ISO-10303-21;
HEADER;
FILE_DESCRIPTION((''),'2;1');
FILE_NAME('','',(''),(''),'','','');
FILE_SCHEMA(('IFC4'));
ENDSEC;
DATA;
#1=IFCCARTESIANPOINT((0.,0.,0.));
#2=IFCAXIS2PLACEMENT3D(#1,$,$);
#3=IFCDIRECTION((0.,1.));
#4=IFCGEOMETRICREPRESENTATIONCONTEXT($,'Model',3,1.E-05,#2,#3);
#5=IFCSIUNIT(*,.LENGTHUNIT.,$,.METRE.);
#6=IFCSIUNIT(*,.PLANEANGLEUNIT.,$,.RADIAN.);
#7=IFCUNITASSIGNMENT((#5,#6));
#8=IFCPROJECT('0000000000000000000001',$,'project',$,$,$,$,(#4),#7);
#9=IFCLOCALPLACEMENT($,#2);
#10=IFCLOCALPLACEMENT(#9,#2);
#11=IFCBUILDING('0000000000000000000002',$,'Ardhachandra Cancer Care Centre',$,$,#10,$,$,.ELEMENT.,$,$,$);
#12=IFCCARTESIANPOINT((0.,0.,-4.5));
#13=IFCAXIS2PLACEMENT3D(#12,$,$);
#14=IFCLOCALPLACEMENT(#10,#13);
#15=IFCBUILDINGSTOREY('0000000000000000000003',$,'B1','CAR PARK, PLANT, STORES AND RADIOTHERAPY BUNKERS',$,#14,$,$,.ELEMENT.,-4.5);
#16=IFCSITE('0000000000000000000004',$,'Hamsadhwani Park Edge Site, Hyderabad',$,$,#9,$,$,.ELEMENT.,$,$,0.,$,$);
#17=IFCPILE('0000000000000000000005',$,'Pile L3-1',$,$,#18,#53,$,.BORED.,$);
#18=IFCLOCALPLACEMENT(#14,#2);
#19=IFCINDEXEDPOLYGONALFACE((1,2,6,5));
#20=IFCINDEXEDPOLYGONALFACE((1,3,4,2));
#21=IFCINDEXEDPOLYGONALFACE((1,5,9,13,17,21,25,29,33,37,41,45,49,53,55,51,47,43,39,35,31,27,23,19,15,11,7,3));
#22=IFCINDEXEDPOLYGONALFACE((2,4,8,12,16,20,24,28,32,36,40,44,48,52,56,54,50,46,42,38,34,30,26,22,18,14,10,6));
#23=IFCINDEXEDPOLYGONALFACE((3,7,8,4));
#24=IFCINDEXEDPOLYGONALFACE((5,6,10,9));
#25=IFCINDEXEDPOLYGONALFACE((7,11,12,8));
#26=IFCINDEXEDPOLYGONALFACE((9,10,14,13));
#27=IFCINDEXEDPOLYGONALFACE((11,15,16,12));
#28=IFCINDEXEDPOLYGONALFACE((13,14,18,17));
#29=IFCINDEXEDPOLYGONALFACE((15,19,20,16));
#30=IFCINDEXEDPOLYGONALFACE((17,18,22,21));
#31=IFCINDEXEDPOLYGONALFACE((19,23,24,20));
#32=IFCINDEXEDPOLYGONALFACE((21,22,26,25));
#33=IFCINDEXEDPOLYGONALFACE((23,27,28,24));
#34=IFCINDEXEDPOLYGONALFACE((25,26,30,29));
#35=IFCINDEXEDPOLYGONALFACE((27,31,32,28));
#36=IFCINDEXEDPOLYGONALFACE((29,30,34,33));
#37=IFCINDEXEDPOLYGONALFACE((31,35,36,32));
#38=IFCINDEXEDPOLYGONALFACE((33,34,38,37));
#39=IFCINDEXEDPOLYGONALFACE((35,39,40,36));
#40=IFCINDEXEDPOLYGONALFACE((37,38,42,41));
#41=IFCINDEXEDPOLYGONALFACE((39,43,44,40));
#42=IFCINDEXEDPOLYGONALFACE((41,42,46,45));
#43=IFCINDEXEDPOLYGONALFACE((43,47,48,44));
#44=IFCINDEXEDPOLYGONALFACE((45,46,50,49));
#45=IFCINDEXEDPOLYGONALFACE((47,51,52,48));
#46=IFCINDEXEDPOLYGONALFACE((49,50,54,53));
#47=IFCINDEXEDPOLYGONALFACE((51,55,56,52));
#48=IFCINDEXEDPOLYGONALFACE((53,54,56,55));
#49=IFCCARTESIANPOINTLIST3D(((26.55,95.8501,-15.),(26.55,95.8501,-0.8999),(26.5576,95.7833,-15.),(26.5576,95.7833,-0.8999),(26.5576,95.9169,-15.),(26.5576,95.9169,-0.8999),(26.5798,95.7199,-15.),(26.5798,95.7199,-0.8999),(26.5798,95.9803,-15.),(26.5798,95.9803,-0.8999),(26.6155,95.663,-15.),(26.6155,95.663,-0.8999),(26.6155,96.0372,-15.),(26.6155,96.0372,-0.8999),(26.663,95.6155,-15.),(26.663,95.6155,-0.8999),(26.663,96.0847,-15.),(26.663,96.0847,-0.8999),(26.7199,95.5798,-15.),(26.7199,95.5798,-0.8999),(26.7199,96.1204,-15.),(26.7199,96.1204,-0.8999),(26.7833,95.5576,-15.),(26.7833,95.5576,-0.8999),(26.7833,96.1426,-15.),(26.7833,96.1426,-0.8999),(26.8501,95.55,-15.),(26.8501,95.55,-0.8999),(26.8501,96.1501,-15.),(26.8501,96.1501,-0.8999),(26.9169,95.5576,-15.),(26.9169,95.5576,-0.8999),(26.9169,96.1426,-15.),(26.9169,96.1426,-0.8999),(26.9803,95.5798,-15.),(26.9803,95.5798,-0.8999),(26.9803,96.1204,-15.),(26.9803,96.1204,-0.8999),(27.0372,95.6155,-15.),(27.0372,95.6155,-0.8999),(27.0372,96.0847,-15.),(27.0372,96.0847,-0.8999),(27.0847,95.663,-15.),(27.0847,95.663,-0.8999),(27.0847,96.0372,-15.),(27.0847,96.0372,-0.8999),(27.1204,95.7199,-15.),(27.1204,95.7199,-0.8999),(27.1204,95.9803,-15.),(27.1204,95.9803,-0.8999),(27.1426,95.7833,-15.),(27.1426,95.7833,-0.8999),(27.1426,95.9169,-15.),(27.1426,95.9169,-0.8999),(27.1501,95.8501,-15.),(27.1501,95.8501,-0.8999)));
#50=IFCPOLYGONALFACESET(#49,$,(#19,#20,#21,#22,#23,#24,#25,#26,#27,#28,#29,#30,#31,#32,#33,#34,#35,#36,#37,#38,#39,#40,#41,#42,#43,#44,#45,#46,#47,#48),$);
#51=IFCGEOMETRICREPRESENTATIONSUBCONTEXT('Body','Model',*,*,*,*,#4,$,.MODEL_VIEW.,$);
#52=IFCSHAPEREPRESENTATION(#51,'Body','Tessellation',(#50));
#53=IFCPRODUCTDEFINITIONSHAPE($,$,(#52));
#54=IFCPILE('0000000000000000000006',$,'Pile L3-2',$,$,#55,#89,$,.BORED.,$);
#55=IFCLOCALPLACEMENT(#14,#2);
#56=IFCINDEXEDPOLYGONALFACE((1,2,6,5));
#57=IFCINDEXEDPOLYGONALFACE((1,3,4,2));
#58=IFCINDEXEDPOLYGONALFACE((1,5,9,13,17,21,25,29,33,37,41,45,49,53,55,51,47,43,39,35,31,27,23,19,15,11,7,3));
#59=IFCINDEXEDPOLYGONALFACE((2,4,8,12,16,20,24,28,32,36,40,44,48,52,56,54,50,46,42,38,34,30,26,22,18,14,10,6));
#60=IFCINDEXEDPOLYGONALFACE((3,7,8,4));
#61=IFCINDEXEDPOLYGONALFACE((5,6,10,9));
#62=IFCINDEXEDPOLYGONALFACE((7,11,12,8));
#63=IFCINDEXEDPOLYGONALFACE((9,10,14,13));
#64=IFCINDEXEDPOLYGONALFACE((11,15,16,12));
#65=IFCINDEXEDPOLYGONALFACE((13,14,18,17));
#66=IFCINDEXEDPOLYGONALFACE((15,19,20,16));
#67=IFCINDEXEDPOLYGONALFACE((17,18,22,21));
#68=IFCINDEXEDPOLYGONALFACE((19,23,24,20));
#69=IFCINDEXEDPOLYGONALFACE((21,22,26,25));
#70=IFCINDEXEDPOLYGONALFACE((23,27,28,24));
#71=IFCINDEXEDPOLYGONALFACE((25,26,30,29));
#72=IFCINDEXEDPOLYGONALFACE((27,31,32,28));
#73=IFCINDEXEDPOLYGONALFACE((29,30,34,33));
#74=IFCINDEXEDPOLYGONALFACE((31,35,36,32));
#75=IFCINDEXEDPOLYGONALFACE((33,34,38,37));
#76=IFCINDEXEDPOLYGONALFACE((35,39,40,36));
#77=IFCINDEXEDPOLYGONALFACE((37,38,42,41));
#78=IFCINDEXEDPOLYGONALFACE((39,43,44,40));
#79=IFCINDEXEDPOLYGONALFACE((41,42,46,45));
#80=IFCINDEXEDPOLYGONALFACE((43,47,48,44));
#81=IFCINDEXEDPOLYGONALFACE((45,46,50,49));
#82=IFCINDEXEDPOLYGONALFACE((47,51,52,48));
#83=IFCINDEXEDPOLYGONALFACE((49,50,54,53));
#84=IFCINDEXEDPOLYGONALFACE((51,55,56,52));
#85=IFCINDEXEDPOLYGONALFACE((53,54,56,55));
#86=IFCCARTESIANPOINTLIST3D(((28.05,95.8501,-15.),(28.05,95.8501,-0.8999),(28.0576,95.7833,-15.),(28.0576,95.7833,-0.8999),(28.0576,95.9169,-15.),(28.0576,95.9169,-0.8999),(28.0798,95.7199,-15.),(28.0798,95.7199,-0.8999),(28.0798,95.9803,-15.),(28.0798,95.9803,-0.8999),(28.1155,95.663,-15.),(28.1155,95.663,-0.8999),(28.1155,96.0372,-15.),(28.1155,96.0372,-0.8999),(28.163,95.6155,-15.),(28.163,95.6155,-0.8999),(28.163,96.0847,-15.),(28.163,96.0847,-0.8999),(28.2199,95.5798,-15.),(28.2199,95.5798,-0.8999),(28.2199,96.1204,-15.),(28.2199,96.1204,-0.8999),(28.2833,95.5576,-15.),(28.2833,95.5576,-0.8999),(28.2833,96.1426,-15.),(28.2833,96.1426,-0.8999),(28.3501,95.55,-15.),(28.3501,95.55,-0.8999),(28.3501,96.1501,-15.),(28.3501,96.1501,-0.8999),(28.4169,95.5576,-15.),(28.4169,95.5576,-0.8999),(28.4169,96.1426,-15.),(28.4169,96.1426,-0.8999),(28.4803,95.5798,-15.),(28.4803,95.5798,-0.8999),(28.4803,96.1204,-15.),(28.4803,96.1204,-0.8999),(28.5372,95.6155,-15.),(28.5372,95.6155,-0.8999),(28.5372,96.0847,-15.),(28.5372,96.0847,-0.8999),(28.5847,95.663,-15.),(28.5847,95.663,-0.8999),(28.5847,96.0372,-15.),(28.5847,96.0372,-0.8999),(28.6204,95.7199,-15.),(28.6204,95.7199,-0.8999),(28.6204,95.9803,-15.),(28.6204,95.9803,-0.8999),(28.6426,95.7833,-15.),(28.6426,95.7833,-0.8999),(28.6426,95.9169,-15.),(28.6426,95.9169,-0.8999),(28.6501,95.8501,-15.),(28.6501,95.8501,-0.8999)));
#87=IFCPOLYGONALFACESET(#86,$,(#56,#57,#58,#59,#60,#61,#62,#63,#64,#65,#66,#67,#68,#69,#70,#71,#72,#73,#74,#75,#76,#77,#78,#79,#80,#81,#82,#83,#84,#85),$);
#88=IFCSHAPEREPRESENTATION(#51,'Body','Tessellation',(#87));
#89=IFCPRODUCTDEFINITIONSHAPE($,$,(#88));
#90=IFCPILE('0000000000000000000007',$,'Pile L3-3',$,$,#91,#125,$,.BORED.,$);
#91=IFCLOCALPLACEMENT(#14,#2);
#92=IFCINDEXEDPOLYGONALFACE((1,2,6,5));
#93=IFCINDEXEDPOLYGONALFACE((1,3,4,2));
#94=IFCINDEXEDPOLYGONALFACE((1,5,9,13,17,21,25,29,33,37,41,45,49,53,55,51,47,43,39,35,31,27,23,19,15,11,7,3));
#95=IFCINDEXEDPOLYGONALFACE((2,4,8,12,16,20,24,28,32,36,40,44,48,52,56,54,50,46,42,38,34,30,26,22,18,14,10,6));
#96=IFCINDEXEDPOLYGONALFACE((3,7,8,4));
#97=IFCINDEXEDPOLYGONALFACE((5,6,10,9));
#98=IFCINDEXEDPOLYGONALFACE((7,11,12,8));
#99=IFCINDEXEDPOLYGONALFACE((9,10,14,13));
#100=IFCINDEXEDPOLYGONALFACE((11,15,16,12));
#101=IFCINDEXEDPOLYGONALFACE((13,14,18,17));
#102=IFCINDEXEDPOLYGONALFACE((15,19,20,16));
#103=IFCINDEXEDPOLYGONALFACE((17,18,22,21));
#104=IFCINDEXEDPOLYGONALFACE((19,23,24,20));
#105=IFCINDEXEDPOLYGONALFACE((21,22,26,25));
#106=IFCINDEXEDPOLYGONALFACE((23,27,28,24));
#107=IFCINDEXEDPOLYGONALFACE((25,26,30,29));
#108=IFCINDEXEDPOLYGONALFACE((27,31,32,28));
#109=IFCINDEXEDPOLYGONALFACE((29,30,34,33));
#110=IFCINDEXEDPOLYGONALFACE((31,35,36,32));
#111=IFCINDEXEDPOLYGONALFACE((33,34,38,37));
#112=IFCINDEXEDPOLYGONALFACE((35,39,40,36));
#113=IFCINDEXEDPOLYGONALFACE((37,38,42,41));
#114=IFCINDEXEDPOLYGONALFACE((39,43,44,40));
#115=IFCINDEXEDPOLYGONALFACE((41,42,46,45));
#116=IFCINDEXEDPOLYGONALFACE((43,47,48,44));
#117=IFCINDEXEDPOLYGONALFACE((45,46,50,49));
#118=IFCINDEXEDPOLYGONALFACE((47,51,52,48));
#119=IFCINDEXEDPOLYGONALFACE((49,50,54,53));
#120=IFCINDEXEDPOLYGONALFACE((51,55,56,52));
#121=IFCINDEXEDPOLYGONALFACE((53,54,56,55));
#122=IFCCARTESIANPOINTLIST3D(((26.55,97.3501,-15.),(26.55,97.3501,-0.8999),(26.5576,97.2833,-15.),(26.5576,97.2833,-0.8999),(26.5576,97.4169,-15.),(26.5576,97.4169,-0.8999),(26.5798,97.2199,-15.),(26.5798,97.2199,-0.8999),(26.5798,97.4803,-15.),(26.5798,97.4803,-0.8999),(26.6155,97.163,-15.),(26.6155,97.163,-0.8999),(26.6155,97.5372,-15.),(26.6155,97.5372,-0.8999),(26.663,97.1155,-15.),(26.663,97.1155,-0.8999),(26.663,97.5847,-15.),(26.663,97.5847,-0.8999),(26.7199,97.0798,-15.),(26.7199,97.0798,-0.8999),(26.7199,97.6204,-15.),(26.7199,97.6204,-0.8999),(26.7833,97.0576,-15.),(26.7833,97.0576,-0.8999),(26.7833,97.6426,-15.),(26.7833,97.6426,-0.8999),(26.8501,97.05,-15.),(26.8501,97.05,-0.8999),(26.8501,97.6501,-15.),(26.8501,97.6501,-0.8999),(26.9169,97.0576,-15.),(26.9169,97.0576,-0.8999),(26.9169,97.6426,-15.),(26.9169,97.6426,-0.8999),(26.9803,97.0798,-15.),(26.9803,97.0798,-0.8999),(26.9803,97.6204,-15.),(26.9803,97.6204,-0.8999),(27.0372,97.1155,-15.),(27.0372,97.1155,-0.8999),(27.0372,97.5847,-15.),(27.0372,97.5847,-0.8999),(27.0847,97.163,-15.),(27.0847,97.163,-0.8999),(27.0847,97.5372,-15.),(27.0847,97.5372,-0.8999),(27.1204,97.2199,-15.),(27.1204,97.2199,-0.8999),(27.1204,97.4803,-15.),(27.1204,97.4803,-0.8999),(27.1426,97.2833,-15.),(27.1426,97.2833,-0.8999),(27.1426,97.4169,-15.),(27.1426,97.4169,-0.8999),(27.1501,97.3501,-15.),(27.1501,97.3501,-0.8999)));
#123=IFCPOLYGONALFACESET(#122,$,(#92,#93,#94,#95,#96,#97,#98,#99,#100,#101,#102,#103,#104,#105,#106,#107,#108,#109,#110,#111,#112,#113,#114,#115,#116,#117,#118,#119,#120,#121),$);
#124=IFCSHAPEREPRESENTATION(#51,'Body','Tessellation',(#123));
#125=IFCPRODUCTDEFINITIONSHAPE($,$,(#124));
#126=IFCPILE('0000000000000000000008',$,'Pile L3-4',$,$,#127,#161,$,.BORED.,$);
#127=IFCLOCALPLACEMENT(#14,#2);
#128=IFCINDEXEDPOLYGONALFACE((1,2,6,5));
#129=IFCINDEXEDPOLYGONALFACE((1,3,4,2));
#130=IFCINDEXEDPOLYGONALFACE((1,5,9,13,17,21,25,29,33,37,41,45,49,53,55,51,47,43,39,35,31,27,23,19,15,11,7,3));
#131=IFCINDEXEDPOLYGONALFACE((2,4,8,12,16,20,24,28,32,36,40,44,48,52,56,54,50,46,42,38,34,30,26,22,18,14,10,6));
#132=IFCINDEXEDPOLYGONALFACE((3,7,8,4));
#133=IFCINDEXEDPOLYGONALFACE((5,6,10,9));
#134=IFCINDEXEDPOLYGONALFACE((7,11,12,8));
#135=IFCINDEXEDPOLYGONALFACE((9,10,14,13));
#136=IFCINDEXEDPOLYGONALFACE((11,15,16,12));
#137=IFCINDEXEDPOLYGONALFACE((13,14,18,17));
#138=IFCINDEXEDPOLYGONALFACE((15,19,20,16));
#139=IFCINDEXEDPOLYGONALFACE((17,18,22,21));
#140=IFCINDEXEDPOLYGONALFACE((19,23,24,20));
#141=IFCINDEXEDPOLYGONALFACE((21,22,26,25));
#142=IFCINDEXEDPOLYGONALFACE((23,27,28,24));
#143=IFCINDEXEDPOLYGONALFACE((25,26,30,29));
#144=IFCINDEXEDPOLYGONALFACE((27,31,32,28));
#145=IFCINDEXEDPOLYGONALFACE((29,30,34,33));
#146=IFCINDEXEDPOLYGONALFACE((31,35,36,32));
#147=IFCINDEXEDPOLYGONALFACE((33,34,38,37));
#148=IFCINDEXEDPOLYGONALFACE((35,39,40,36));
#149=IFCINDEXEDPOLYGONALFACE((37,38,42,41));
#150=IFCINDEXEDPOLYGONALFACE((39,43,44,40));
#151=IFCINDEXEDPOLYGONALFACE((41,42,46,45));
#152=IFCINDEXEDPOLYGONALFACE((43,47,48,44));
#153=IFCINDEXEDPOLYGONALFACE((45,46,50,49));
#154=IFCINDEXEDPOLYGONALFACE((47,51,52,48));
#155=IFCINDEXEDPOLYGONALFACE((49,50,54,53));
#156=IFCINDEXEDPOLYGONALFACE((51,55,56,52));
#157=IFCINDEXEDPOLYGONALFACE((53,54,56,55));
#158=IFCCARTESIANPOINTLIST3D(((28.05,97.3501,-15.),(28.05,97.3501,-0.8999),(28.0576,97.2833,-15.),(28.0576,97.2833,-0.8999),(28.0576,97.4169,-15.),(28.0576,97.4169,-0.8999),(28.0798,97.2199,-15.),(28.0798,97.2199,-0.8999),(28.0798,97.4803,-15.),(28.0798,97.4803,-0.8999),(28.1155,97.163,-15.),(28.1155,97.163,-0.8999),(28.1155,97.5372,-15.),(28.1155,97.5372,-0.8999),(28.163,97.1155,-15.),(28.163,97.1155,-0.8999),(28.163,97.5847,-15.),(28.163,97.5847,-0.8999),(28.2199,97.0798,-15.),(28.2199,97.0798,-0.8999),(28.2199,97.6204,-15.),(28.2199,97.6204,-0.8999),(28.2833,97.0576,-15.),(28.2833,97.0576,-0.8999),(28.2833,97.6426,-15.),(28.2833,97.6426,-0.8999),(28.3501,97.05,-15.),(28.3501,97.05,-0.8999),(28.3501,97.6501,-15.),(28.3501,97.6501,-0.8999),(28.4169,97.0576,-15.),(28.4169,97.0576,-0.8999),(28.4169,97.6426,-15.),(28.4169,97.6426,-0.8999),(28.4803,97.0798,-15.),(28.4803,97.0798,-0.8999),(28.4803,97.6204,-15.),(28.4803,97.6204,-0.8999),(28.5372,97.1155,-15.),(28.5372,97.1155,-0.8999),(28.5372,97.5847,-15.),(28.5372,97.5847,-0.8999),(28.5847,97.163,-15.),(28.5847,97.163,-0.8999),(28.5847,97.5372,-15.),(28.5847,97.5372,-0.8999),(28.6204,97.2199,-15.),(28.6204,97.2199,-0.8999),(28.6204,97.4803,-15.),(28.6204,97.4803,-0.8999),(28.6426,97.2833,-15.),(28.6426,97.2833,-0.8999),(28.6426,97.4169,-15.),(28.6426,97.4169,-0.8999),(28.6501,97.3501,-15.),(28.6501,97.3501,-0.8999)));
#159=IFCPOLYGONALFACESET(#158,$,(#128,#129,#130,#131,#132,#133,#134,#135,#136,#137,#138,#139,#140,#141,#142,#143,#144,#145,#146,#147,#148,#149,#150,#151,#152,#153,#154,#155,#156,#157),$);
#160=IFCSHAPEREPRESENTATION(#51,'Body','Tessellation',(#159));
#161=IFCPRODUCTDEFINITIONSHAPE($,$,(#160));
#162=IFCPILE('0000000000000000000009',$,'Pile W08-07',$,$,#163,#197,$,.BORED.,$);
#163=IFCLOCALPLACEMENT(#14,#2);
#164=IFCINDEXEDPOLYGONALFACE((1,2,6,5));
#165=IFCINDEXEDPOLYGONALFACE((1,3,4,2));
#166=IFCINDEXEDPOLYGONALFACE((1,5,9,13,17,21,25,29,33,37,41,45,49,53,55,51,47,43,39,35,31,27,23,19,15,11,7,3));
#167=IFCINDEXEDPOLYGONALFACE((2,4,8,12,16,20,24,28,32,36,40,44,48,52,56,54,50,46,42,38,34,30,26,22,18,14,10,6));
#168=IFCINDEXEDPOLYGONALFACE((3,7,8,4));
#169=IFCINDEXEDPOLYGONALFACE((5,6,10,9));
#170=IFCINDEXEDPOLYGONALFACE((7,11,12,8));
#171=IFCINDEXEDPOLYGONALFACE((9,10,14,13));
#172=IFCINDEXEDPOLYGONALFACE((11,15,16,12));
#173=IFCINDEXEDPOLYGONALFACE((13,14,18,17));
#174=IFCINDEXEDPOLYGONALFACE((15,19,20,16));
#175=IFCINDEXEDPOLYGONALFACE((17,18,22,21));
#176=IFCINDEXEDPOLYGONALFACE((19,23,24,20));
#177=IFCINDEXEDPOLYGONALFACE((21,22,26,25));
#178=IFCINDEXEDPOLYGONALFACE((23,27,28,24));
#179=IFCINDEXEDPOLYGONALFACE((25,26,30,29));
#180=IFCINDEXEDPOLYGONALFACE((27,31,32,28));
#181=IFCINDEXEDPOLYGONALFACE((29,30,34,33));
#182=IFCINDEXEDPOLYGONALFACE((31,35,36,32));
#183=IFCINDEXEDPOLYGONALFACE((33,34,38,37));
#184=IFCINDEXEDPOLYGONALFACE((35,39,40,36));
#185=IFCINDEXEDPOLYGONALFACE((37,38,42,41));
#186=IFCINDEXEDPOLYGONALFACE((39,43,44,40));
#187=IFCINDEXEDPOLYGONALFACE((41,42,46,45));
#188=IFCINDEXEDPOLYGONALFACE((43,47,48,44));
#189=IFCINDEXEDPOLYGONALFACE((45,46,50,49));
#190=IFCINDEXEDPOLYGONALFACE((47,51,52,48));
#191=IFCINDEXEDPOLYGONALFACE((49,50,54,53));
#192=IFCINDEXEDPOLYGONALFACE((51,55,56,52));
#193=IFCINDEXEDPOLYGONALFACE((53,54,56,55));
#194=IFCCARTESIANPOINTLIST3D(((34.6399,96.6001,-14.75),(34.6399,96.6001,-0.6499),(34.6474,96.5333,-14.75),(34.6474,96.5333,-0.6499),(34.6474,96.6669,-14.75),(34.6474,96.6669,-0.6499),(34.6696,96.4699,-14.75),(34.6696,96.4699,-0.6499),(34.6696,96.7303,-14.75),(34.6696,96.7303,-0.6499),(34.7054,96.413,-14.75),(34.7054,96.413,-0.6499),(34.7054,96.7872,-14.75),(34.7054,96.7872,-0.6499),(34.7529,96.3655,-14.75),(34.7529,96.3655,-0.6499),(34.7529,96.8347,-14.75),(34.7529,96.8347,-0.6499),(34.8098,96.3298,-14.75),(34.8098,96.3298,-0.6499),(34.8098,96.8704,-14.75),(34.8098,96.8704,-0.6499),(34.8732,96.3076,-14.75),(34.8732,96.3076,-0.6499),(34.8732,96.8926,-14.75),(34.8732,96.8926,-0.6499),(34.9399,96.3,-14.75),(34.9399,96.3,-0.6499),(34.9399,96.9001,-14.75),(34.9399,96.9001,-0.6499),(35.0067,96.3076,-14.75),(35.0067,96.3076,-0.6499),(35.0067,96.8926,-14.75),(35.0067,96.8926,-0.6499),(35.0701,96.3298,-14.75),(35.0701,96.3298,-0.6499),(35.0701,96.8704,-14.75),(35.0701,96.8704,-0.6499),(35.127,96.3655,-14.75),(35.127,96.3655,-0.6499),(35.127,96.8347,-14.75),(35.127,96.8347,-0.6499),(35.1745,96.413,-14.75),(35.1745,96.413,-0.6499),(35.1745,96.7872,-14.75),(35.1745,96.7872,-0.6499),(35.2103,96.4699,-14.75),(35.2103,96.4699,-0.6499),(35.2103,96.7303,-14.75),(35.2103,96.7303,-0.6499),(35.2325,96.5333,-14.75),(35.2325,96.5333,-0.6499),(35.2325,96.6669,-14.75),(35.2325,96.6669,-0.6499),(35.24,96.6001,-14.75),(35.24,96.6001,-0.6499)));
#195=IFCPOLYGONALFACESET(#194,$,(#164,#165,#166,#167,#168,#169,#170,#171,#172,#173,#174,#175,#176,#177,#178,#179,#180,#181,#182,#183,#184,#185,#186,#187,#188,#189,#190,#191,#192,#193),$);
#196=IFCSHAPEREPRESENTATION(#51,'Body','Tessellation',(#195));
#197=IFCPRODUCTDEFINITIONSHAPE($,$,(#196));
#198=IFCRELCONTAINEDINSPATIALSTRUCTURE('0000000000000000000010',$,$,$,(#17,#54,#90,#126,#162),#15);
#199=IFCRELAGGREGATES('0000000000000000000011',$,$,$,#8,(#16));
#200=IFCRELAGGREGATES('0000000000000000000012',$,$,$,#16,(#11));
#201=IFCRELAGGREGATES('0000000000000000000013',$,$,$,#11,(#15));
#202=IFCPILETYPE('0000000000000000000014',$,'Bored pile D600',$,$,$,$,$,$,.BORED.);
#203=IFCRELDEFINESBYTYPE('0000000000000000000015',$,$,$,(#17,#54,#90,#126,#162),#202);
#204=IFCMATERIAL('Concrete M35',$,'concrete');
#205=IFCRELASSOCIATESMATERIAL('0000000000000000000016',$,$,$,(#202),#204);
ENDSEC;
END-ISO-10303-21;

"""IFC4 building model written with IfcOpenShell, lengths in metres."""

from ifc_helpers import new_model, si_unit, direction, frame, origin, origin_2d, place, context, subcontext, project, spatial, circle, extrude, material, material_profile, profile_set, type_object, element, save


model = new_model("IFC4")

# Units and contexts
model_context = context("Model", 3, precision=1e-05, world=origin(), true_north=direction((0.0, 1.0)))
body_context = subcontext(model_context, "Body", "Model", "MODEL_VIEW")
ifc_project = project(units=[si_unit("LENGTHUNIT", "METRE"), si_unit("PLANEANGLEUNIT", "RADIAN")], contexts=[model_context])

# Site, building, storey
site_placement = place(None, origin())
site = spatial("IfcSite", under=ifc_project, at=site_placement, Name="Hamsadhwani Park Edge Site, Hyderabad", CompositionType="ELEMENT", RefElevation=0.0)
building_placement = place(site_placement, origin())
building = spatial("IfcBuilding", under=site, at=building_placement, Name="Ardhachandra Cancer Care Centre", CompositionType="ELEMENT")
storey_placement = place(building_placement, frame((0.0, 0.0, -4.5)))
storey = spatial("IfcBuildingStorey", under=building, at=storey_placement, Name="B1", Description="CAR PARK, PLANT, STORES AND RADIOTHERAPY BUNKERS", CompositionType="ELEMENT", Elevation=-4.5)

# Piles
ifc_material_1 = material(Name="Concrete M35", Category="concrete")
ifc_material_profile_1 = material_profile(ifc_material_1, circle(Radius=0.3, at=origin_2d()), Name="D600")
ifc_profile_set_1 = profile_set([ifc_material_profile_1], Name="Concrete M35")
pile_type_1 = type_object("IfcPileType", Name="Bored pile D600", PredefinedType="BORED", material=ifc_profile_set_1)
for number, where, z_axis, x_axis, name in (
    (1, (26.8501, 95.8501, -0.8999), (0.0, 0.0, -1.0), (1.0, 0.0, 0.0), "Pile L3-1"),
    (2, (28.3501, 95.8501, -0.8999), (0.0, 0.0, -1.0), (1.0, 0.0, 0.0), "Pile L3-2"),
    (3, (26.8501, 97.3501, -0.8999), (0.0, 0.0, -1.0), (1.0, 0.0, 0.0), "Pile L3-3"),
    (4, (28.3501, 97.3501, -0.8999), (0.0, 0.0, -1.0), (1.0, 0.0, 0.0), "Pile L3-4"),
    (5, (34.9399, 96.6001, -0.6499), (0.0, 0.0, -1.0), (1.0, 0.0, 0.0), "Pile W08-07"),
):
    element("IfcPile", number, at=place(storey_placement, frame(where, z_axis=z_axis, x_axis=x_axis)), inside=storey, type_object=pile_type_1, Name=name, PredefinedType="BORED", context=body_context, shape_type="SweptSolid", body=[
        extrude(circle(Radius=0.3, at=origin_2d()), origin(), (0.0, 0.0, 1.0), 14.1001),
    ])

save(model, "model.ifc")
